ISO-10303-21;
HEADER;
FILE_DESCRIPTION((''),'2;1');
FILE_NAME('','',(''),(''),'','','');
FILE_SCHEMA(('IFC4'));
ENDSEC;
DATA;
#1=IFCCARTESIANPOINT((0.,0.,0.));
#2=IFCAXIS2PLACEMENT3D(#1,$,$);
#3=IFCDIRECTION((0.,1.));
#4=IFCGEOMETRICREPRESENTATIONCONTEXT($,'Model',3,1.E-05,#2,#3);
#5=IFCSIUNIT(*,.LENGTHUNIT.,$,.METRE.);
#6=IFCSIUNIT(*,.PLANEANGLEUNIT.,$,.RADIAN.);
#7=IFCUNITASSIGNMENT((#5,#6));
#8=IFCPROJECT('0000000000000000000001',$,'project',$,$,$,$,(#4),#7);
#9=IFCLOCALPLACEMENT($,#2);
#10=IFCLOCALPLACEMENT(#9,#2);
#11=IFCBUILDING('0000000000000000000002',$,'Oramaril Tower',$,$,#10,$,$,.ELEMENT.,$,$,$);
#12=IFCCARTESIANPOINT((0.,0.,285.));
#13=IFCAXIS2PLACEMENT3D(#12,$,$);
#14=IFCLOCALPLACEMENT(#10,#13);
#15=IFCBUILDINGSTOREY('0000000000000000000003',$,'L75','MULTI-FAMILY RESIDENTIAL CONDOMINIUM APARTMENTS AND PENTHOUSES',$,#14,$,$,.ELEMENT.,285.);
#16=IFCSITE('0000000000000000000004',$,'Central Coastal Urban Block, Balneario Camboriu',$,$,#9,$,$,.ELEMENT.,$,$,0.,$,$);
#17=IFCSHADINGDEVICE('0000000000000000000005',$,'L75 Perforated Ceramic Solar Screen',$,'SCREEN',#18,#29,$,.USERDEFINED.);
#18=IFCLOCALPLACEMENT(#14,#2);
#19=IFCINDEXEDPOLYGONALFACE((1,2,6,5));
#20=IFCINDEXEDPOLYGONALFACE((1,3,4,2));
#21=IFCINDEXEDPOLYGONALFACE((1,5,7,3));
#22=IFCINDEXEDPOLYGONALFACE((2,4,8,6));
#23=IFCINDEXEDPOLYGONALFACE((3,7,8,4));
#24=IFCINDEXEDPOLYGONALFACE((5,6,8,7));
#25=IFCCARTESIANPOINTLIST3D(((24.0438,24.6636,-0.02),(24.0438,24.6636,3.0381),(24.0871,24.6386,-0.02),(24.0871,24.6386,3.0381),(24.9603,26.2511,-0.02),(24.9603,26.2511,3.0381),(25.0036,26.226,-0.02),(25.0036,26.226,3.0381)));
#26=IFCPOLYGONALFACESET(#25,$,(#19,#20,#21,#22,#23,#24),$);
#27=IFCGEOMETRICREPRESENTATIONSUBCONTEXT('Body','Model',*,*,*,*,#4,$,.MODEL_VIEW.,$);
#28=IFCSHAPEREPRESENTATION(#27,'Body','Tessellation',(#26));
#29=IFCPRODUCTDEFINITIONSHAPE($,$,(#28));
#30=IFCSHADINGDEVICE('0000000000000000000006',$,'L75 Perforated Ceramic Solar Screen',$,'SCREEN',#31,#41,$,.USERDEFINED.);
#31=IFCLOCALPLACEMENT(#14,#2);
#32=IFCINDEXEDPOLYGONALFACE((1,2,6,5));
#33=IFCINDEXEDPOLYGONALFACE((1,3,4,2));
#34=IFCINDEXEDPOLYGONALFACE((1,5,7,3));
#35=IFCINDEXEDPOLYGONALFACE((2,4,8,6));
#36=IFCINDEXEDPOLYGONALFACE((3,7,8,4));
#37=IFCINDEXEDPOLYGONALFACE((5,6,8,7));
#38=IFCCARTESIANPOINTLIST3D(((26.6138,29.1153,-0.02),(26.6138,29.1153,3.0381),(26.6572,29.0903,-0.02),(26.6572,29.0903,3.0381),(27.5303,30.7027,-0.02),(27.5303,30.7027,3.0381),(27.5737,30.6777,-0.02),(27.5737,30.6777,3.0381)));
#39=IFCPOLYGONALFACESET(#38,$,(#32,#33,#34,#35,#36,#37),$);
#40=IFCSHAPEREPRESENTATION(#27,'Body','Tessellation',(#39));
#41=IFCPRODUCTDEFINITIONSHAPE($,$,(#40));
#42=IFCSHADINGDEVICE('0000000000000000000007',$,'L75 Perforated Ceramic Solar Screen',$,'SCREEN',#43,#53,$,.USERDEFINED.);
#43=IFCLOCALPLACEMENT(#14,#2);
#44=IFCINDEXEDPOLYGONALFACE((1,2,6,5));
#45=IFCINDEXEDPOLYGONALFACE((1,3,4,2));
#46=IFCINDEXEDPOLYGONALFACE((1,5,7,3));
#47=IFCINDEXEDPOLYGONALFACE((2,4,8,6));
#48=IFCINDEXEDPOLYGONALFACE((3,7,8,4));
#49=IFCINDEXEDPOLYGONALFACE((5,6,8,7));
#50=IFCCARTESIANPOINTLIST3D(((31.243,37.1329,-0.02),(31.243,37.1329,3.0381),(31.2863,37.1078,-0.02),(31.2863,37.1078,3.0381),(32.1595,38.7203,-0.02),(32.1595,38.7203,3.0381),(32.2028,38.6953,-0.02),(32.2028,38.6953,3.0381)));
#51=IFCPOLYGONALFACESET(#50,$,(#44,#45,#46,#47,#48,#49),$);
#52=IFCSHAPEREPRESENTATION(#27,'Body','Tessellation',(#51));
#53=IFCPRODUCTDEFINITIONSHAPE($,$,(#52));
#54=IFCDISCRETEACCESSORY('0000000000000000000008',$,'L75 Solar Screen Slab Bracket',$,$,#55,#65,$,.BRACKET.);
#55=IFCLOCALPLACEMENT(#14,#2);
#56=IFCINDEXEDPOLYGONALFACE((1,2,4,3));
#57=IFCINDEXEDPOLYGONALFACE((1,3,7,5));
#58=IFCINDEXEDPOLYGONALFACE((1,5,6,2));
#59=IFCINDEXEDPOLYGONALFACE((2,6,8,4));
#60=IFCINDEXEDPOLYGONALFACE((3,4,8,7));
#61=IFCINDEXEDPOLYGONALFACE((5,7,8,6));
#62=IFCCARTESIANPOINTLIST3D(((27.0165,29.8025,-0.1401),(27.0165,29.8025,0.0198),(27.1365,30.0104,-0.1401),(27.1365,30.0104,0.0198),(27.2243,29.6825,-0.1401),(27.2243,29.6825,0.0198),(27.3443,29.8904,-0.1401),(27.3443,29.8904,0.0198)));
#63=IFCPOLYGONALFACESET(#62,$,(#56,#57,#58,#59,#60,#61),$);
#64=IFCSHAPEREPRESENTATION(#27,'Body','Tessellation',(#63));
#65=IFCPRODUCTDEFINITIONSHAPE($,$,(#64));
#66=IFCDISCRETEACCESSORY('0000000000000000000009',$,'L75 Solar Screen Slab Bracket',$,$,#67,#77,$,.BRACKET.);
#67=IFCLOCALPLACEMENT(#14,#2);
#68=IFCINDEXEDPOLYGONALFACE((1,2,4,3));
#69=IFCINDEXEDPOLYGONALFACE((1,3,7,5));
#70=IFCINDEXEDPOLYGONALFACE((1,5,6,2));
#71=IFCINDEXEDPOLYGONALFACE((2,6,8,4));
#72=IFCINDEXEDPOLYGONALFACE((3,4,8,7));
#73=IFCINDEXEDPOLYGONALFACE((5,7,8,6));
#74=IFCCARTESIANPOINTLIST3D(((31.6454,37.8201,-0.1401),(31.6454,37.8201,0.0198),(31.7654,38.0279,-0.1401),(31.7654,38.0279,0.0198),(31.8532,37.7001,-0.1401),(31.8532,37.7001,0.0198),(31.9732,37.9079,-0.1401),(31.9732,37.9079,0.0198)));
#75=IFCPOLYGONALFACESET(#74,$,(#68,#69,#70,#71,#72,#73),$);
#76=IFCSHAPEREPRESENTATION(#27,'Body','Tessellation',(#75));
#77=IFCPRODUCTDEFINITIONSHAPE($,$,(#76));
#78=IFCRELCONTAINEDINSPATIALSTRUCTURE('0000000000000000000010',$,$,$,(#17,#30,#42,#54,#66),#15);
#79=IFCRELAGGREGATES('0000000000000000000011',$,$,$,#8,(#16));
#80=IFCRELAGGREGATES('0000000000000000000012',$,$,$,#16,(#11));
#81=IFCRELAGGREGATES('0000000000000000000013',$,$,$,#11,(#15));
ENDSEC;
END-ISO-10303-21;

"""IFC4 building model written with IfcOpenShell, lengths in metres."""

from ifc_helpers import new_model, si_unit, direction, frame, origin, origin_2d, place, context, subcontext, project, spatial, rectangle, extrude, element, save


model = new_model("IFC4")

# Units and contexts
model_context = context("Model", 3, precision=1e-05, world=origin(), true_north=direction((0.0, 1.0)))
body_context = subcontext(model_context, "Body", "Model", "MODEL_VIEW")
ifc_project = project(units=[si_unit("LENGTHUNIT", "METRE"), si_unit("PLANEANGLEUNIT", "RADIAN")], contexts=[model_context])

# Site, building, storey
site_placement = place(None, origin())
site = spatial("IfcSite", under=ifc_project, at=site_placement, Name="Central Coastal Urban Block, Balneario Camboriu", CompositionType="ELEMENT", RefElevation=0.0)
building_placement = place(site_placement, origin())
building = spatial("IfcBuilding", under=site, at=building_placement, Name="Oramaril Tower", CompositionType="ELEMENT")
storey_placement = place(building_placement, frame((0.0, 0.0, 285.0)))
storey = spatial("IfcBuildingStorey", under=building, at=storey_placement, Name="L75", Description="MULTI-FAMILY RESIDENTIAL CONDOMINIUM APARTMENTS AND PENTHOUSES", CompositionType="ELEMENT", Elevation=285.0)

# Shading devices
for number, where, z_axis, x_axis, name in (
    (1, (24.5237, 25.4448, -0.02), (0.0, 0.0, 1.0), (-0.5, -0.866025, 0.0), "L75 Perforated Ceramic Solar Screen"),
    (2, (27.0938, 29.8965, -0.02), (0.0, 0.0, 1.0), (-0.5, -0.866025, 0.0), "L75 Perforated Ceramic Solar Screen"),
    (3, (31.7229, 37.9141, -0.02), (0.0, 0.0, 1.0), (-0.5, -0.866025, 0.0), "L75 Perforated Ceramic Solar Screen"),
):
    element("IfcShadingDevice", number, at=place(storey_placement, frame(where, z_axis=z_axis, x_axis=x_axis)), inside=storey, Name=name, ObjectType="SCREEN", PredefinedType="USERDEFINED", context=body_context, shape_type="SweptSolid", body=[
        extrude(rectangle(XDim=1.833, YDim=0.05, at=origin_2d()), origin(), (0.0, 0.0, 1.0), 3.0581),
    ])

# Discrete accessories
for number, where, z_axis, x_axis, name in (
    (4, (27.1804, 29.8464, -0.1401), (0.0, 0.0, 1.0), (-0.5, -0.866025, 0.0), "L75 Solar Screen Slab Bracket"),
    (5, (31.8093, 37.864, -0.1401), (0.0, 0.0, 1.0), (-0.5, -0.866025, 0.0), "L75 Solar Screen Slab Bracket"),
):
    element("IfcDiscreteAccessory", number, at=place(storey_placement, frame(where, z_axis=z_axis, x_axis=x_axis)), inside=storey, Name=name, PredefinedType="BRACKET", context=body_context, shape_type="SweptSolid", body=[
        extrude(rectangle(XDim=0.24, YDim=0.24, at=origin_2d()), origin(), (0.0, 0.0, 1.0), 0.1599),
    ])

save(model, "model.ifc")
